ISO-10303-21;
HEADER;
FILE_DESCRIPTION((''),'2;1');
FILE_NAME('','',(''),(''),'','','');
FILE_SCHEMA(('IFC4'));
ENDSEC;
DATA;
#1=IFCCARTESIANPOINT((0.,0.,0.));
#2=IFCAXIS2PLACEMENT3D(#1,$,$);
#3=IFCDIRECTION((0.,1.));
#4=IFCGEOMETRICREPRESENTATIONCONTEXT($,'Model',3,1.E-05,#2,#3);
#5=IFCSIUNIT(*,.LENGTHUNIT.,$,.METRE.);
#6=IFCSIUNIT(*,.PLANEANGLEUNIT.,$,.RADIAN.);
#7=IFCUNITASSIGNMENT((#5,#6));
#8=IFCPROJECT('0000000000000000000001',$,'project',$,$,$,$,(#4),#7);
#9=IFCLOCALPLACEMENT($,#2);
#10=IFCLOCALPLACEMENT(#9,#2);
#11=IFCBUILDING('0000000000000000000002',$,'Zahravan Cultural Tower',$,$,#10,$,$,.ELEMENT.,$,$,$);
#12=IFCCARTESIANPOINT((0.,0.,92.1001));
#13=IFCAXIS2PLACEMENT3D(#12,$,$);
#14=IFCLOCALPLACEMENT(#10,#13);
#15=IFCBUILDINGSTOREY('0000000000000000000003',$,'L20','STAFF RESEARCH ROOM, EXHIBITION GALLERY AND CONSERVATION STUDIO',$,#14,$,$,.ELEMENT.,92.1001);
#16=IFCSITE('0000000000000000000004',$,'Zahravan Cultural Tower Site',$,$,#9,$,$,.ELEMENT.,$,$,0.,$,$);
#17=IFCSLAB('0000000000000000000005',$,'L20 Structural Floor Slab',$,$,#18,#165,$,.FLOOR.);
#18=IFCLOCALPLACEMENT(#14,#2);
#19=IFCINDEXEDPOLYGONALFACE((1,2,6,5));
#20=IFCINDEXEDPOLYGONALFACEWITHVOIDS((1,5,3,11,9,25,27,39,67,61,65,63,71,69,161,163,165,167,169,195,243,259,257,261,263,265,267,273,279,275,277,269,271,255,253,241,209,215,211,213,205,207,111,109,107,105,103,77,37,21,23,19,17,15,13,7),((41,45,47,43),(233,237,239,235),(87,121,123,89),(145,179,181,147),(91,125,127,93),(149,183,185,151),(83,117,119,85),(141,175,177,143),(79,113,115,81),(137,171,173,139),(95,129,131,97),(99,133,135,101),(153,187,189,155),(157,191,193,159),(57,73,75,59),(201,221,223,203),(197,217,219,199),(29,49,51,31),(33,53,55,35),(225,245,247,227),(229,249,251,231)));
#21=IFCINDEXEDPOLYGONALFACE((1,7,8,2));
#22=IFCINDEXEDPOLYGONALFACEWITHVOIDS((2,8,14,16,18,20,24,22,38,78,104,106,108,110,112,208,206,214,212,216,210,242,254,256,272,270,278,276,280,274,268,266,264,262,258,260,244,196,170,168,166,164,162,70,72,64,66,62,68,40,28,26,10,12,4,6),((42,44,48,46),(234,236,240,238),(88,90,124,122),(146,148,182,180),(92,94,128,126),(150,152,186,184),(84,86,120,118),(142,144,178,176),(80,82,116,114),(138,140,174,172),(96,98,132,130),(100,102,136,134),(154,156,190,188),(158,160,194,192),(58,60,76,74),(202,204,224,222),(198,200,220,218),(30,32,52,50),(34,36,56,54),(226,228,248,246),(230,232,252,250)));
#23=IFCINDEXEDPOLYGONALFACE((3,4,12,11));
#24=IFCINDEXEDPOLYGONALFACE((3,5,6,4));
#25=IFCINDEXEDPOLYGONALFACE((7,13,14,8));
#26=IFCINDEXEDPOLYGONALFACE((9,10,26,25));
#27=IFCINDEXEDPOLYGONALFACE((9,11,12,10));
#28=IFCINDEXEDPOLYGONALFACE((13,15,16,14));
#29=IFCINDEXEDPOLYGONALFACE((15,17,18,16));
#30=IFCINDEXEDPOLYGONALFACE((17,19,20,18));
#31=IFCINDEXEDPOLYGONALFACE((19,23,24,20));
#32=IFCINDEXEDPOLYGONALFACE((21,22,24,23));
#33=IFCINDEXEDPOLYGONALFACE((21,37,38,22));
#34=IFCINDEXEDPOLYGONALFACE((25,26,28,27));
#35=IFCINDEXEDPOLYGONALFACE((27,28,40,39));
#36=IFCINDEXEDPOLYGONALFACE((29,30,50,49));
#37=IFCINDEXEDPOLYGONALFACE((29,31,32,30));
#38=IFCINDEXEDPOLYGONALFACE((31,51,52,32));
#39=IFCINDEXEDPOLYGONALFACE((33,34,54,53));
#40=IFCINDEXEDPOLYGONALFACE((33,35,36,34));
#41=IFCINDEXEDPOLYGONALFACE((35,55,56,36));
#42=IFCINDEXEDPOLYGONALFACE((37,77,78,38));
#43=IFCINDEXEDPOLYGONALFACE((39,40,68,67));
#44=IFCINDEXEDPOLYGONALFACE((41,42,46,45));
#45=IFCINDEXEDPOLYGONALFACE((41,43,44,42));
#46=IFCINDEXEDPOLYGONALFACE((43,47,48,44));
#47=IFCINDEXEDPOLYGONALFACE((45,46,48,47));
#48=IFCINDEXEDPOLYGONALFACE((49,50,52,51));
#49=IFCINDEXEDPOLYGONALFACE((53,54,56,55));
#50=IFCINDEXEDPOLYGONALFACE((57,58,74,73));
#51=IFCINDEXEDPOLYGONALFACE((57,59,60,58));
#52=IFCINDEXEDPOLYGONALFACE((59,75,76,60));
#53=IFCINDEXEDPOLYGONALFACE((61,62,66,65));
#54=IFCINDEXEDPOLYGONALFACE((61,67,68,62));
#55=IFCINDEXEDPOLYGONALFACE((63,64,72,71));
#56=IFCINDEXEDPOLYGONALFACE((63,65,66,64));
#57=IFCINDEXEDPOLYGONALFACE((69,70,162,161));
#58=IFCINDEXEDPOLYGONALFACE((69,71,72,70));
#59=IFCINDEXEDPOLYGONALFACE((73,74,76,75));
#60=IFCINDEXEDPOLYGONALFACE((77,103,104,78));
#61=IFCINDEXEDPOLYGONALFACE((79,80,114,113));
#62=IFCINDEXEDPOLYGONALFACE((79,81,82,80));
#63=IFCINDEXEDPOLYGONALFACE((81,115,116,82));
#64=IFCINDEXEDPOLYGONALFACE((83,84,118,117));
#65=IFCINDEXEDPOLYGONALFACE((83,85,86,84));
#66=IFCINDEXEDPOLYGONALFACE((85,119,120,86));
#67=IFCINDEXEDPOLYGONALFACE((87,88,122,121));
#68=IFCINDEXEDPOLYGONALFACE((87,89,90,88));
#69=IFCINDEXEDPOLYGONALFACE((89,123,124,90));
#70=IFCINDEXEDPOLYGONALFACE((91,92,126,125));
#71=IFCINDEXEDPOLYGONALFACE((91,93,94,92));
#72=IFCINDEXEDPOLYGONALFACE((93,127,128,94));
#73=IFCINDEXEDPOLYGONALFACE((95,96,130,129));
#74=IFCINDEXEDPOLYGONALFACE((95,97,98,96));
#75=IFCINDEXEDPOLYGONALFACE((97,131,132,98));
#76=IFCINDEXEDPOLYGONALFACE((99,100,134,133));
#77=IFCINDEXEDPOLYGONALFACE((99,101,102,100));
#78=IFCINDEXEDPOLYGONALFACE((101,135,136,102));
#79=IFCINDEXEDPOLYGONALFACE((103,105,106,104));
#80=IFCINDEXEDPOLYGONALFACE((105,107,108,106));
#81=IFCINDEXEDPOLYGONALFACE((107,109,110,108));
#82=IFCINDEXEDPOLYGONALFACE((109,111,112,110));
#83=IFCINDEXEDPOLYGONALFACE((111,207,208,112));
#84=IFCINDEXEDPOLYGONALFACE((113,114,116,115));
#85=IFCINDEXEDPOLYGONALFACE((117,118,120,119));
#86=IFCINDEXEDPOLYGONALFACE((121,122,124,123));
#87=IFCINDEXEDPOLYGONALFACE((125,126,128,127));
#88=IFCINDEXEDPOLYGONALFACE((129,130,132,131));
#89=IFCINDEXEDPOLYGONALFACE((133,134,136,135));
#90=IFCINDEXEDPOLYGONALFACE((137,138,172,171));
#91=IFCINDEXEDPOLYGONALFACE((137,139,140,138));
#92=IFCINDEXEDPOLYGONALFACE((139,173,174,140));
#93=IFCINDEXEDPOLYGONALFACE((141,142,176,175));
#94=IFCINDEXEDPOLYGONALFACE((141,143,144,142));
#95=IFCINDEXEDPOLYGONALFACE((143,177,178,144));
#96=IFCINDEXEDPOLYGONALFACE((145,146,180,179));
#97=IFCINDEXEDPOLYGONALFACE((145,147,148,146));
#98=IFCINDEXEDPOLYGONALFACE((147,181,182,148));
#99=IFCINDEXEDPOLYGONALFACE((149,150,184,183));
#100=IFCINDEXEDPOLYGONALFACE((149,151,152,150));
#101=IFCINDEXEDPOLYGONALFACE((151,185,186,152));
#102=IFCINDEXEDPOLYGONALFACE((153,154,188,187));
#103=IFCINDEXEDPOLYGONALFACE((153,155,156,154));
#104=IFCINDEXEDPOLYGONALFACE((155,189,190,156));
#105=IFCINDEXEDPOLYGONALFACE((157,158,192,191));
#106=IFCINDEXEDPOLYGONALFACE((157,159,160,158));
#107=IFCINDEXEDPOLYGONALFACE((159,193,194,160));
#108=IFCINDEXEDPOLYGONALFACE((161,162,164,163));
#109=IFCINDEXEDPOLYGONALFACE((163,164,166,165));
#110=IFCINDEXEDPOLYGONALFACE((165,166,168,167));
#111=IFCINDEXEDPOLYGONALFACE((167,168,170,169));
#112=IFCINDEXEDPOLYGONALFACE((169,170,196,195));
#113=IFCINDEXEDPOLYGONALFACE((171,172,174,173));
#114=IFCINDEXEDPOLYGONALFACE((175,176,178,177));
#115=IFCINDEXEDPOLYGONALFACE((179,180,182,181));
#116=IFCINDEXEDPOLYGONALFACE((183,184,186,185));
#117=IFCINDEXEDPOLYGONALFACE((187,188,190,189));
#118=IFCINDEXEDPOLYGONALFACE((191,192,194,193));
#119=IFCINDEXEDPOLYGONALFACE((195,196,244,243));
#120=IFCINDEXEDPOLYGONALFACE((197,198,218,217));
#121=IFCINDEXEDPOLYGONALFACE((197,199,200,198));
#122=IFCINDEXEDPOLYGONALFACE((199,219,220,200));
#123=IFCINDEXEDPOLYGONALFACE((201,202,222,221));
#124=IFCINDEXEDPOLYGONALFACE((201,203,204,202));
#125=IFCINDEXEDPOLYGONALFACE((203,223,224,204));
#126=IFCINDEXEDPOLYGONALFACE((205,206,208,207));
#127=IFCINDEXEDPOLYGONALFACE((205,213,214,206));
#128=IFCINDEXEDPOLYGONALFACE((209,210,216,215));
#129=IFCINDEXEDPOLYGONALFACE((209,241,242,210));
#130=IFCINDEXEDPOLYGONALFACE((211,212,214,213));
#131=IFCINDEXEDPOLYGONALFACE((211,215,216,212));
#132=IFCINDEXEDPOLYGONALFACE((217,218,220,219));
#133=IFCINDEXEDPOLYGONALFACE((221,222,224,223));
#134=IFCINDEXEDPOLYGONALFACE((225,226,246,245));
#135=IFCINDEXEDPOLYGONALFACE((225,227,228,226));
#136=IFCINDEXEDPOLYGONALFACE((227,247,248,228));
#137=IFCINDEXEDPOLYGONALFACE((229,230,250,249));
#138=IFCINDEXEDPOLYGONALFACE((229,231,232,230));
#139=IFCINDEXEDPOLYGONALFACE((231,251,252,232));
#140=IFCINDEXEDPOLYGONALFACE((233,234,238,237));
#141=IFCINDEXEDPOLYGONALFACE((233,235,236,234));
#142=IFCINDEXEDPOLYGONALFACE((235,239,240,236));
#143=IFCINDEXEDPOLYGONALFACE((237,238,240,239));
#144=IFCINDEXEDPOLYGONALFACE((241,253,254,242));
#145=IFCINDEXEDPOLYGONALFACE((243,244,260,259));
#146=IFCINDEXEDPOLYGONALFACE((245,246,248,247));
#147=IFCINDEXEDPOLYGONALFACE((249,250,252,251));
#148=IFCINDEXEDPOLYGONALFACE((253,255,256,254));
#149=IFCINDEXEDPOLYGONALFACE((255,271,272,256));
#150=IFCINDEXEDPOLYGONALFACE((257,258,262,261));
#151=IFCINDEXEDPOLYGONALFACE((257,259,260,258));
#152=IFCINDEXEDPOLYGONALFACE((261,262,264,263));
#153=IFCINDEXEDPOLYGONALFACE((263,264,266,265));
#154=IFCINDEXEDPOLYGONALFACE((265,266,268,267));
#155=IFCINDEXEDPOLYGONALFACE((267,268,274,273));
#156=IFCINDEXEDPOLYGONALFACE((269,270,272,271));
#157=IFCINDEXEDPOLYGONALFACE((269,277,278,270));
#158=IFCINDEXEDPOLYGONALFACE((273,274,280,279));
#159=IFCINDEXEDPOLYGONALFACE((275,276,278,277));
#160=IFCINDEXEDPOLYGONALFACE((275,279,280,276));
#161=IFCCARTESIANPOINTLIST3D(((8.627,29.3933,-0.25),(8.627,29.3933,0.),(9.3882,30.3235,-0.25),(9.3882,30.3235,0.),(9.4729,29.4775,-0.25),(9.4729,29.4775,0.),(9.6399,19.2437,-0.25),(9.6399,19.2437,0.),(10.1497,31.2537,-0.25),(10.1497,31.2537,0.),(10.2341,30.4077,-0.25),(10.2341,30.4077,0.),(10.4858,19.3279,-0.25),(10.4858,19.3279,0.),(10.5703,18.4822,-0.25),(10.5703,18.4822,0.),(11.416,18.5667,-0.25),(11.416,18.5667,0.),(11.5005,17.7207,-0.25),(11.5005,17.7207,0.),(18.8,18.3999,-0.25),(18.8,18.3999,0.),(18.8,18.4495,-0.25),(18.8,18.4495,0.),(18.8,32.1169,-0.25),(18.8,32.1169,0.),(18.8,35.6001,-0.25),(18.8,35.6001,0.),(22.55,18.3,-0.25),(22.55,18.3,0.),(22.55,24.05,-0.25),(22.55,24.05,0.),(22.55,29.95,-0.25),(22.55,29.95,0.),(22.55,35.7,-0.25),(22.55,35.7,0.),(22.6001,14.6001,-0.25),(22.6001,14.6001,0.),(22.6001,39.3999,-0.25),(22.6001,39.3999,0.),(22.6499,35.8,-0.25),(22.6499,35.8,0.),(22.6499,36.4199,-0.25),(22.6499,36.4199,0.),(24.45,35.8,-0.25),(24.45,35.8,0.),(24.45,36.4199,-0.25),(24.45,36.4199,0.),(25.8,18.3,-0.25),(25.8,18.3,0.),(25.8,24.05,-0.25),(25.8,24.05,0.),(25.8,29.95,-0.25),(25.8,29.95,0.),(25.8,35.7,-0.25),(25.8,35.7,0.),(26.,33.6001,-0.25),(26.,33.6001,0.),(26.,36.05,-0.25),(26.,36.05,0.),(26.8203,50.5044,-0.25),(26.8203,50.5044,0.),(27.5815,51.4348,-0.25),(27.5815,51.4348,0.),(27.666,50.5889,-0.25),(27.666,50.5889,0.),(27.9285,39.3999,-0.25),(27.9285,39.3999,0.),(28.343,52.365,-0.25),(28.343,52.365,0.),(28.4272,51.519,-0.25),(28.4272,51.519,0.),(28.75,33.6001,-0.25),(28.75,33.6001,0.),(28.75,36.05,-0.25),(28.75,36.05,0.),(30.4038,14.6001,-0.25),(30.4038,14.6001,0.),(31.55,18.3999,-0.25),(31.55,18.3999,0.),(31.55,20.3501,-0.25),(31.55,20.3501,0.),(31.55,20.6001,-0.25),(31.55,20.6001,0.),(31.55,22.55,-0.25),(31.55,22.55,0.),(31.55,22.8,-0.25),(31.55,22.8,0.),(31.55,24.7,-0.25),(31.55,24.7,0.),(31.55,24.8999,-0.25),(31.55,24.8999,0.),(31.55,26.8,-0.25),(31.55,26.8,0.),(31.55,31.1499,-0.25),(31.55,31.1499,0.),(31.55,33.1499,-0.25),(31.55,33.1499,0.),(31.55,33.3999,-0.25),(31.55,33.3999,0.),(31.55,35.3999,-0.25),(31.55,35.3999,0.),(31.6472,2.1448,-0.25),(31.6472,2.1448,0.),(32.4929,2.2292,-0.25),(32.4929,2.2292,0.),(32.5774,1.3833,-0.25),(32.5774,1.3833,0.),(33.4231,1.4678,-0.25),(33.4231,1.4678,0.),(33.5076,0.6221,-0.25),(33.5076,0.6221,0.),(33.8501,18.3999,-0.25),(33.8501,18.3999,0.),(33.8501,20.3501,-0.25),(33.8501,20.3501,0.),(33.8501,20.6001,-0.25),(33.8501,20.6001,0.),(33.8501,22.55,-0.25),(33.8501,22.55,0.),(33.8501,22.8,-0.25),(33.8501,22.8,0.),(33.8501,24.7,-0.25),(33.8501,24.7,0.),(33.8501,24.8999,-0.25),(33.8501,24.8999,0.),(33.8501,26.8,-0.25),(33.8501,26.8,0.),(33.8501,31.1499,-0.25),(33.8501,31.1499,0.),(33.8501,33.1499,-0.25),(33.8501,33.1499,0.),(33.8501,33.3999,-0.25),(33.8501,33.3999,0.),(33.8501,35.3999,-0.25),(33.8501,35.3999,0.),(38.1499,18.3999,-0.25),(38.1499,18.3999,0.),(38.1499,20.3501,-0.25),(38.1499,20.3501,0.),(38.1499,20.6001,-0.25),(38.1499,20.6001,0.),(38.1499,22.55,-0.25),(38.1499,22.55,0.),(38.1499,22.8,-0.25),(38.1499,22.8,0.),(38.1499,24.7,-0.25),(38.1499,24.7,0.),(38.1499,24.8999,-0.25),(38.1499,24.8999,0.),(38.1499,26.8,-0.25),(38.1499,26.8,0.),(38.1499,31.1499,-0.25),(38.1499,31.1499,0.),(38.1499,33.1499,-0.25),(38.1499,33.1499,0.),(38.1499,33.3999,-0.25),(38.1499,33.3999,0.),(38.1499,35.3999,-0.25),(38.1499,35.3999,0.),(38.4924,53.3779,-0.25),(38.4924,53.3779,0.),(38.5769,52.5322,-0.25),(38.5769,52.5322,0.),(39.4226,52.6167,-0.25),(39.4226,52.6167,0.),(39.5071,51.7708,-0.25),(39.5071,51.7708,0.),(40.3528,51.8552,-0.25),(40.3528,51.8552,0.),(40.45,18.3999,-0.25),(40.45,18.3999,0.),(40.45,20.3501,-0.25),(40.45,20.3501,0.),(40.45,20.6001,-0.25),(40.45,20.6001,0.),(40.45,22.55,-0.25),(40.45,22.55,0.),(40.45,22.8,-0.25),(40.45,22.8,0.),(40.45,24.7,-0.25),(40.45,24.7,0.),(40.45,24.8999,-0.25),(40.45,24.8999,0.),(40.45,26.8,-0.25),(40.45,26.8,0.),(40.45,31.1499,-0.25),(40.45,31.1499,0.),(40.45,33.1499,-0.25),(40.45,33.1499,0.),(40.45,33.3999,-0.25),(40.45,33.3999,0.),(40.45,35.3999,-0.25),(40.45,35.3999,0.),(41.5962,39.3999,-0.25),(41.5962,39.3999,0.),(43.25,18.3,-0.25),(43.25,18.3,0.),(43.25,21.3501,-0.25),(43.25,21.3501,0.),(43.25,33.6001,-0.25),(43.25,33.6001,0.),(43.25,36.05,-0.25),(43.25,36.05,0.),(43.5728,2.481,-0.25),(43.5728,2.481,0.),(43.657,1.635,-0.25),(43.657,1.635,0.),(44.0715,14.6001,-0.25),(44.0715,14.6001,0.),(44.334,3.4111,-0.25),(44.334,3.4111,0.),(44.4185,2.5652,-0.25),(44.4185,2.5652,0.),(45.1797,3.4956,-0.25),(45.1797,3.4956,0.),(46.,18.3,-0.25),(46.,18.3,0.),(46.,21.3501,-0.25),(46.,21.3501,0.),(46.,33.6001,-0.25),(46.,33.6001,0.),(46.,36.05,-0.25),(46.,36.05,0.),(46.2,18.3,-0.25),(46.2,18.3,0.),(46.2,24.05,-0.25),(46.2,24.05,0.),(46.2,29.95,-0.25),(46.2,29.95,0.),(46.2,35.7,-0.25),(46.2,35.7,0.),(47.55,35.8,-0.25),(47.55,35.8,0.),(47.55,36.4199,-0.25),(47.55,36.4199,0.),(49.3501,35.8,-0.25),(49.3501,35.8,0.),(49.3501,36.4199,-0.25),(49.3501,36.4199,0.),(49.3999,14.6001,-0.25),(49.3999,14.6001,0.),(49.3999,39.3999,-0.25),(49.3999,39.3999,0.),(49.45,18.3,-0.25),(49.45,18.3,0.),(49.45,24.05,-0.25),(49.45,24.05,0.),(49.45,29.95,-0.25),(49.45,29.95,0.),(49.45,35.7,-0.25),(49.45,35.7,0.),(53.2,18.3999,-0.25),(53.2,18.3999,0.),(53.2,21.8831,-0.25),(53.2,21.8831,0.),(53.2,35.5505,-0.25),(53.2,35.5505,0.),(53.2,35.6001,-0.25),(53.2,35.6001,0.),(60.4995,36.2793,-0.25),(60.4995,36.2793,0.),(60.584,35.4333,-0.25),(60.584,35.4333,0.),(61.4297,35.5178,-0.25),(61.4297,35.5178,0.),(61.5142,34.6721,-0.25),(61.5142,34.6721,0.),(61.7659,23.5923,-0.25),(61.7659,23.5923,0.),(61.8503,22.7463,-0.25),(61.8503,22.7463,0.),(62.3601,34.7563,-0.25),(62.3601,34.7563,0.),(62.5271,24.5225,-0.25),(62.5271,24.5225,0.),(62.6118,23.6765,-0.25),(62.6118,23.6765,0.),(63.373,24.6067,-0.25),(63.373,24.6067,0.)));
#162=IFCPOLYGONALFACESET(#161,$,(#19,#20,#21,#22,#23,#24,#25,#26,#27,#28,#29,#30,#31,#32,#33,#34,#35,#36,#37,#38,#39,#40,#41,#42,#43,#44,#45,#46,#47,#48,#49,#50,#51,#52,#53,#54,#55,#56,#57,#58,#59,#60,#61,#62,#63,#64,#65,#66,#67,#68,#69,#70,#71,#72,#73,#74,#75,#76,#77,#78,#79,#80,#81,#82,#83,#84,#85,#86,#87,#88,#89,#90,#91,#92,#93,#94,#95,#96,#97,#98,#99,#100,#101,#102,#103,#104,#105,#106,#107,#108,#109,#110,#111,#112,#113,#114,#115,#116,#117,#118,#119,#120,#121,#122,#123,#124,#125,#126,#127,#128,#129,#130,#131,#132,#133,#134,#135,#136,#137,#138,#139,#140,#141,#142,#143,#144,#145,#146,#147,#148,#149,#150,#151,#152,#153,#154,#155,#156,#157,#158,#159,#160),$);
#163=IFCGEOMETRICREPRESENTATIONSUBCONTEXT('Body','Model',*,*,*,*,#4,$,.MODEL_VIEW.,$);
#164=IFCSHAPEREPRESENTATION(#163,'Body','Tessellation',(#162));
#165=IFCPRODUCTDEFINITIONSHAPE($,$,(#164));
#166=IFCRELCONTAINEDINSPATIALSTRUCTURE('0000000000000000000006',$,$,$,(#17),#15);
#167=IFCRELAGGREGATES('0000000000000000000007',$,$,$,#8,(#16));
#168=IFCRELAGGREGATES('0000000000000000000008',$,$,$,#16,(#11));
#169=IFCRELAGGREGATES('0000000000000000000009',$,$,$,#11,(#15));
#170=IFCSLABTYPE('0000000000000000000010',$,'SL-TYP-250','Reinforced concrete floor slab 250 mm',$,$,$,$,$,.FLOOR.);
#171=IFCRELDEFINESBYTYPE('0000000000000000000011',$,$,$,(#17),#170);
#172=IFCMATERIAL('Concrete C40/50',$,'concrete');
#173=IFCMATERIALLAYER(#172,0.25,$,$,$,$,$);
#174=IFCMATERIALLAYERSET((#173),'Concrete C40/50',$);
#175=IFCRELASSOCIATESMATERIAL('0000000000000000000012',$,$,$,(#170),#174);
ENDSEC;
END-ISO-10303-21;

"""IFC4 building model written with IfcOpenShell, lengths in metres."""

from ifc_helpers import new_model, si_unit, direction, frame, origin, place, context, subcontext, project, spatial, polyline, outline, extrude, material, layer, layer_set, type_object, element, save


model = new_model("IFC4")

# Units and contexts
model_context = context("Model", 3, precision=1e-05, world=origin(), true_north=direction((0.0, 1.0)))
body_context = subcontext(model_context, "Body", "Model", "MODEL_VIEW")
ifc_project = project(units=[si_unit("LENGTHUNIT", "METRE"), si_unit("PLANEANGLEUNIT", "RADIAN")], contexts=[model_context])

# Site, building, storey
site_placement = place(None, origin())
site = spatial("IfcSite", under=ifc_project, at=site_placement, Name="Zahravan Cultural Tower Site", CompositionType="ELEMENT", RefElevation=0.0)
building_placement = place(site_placement, origin())
building = spatial("IfcBuilding", under=site, at=building_placement, Name="Zahravan Cultural Tower", CompositionType="ELEMENT")
storey_placement = place(building_placement, frame((0.0, 0.0, 92.1001)))
storey = spatial("IfcBuildingStorey", under=building, at=storey_placement, Name="L20", Description="STAFF RESEARCH ROOM, EXHIBITION GALLERY AND CONSERVATION STUDIO", CompositionType="ELEMENT", Elevation=92.1001)

# Slab
ifc_material_1 = material(Name="Concrete C40/50", Category="concrete")
ifc_layer_1 = layer(ifc_material_1, 0.25)
ifc_layer_set_1 = layer_set([ifc_layer_1], Name="Concrete C40/50")
slab_type_1 = type_object("IfcSlabType", Name="SL-TYP-250", Description="Reinforced concrete floor slab 250 mm", PredefinedType="FLOOR", material=ifc_layer_set_1)
slab_1_placement = place(storey_placement, frame((0.0, 0.0, -0.25)))
element("IfcSlab", 1, at=slab_1_placement, inside=storey, type_object=slab_type_1, Name="L20 Structural Floor Slab", PredefinedType="FLOOR", context=body_context, shape_type="SweptSolid", body=[
    extrude(outline(polyline([(53.2, 35.5505), (53.2, 35.6001), (49.3999, 39.3999), (41.5962, 39.3999), (40.3528, 51.8552), (39.5071, 51.7708), (39.4226, 52.6167), (38.5769, 52.5322), (38.4924, 53.3779), (28.343, 52.365), (28.4272, 51.519), (27.5815, 51.4348), (27.666, 50.5889), (26.8203, 50.5044), (27.9285, 39.3999), (22.6001, 39.3999), (18.8, 35.6001), (18.8, 32.1169), (10.1497, 31.2537), (10.2341, 30.4077), (9.3882, 30.3235), (9.4729, 29.4775), (8.627, 29.3933), (9.6399, 19.2437), (10.4858, 19.3279), (10.5703, 18.4822), (11.416, 18.5667), (11.5005, 17.7207), (18.8, 18.4495), (18.8, 18.3999), (22.6001, 14.6001), (30.4038, 14.6001), (31.6472, 2.1448), (32.4929, 2.2292), (32.5774, 1.3833), (33.4231, 1.4678), (33.5076, 0.6221), (43.657, 1.635), (43.5728, 2.481), (44.4185, 2.5652), (44.334, 3.4111), (45.1797, 3.4956), (44.0715, 14.6001), (49.3999, 14.6001), (53.2, 18.3999), (53.2, 21.8831), (61.8503, 22.7463), (61.7659, 23.5923), (62.6118, 23.6765), (62.5271, 24.5225), (63.373, 24.6067), (62.3601, 34.7563), (61.5142, 34.6721), (61.4297, 35.5178), (60.584, 35.4333), (60.4995, 36.2793), (53.2, 35.5505)]), holes=[polyline([(22.55, 29.95), (22.55, 35.7), (25.8, 35.7), (25.8, 29.95), (22.55, 29.95)]), polyline([(22.55, 18.3), (22.55, 24.05), (25.8, 24.05), (25.8, 18.3), (22.55, 18.3)]), polyline([(46.2, 29.95), (46.2, 35.7), (49.45, 35.7), (49.45, 29.95), (46.2, 29.95)]), polyline([(46.2, 18.3), (46.2, 24.05), (49.45, 24.05), (49.45, 18.3), (46.2, 18.3)]), polyline([(26.0, 33.6001), (26.0, 36.05), (28.75, 36.05), (28.75, 33.6001), (26.0, 33.6001)]), polyline([(43.25, 33.6001), (43.25, 36.05), (46.0, 36.05), (46.0, 33.6001), (43.25, 33.6001)]), polyline([(43.25, 18.3), (43.25, 21.3501), (46.0, 21.3501), (46.0, 18.3), (43.25, 18.3)]), polyline([(31.55, 33.3999), (31.55, 35.3999), (33.8501, 35.3999), (33.8501, 33.3999), (31.55, 33.3999)]), polyline([(31.55, 31.1499), (31.55, 33.1499), (33.8501, 33.1499), (33.8501, 31.1499), (31.55, 31.1499)]), polyline([(38.1499, 33.3999), (38.1499, 35.3999), (40.45, 35.3999), (40.45, 33.3999), (38.1499, 33.3999)]), polyline([(38.1499, 31.1499), (38.1499, 33.1499), (40.45, 33.1499), (40.45, 31.1499), (38.1499, 31.1499)]), polyline([(31.55, 20.6001), (31.55, 22.55), (33.8501, 22.55), (33.8501, 20.6001), (31.55, 20.6001)]), polyline([(31.55, 18.3999), (31.55, 20.3501), (33.8501, 20.3501), (33.8501, 18.3999), (31.55, 18.3999)]), polyline([(38.1499, 20.6001), (38.1499, 22.55), (40.45, 22.55), (40.45, 20.6001), (38.1499, 20.6001)]), polyline([(38.1499, 18.3999), (38.1499, 20.3501), (40.45, 20.3501), (40.45, 18.3999), (38.1499, 18.3999)]), polyline([(31.55, 24.8999), (31.55, 26.8), (33.8501, 26.8), (33.8501, 24.8999), (31.55, 24.8999)]), polyline([(31.55, 22.8), (31.55, 24.7), (33.8501, 24.7), (33.8501, 22.8), (31.55, 22.8)]), polyline([(38.1499, 24.8999), (38.1499, 26.8), (40.45, 26.8), (40.45, 24.8999), (38.1499, 24.8999)]), polyline([(38.1499, 22.8), (38.1499, 24.7), (40.45, 24.7), (40.45, 22.8), (38.1499, 22.8)]), polyline([(22.6499, 35.8), (22.6499, 36.4199), (24.45, 36.4199), (24.45, 35.8), (22.6499, 35.8)]), polyline([(47.55, 35.8), (47.55, 36.4199), (49.3501, 36.4199), (49.3501, 35.8), (47.55, 35.8)])]), origin(), (0.0, 0.0, 1.0), 0.25),
])

save(model, "model.ifc")
